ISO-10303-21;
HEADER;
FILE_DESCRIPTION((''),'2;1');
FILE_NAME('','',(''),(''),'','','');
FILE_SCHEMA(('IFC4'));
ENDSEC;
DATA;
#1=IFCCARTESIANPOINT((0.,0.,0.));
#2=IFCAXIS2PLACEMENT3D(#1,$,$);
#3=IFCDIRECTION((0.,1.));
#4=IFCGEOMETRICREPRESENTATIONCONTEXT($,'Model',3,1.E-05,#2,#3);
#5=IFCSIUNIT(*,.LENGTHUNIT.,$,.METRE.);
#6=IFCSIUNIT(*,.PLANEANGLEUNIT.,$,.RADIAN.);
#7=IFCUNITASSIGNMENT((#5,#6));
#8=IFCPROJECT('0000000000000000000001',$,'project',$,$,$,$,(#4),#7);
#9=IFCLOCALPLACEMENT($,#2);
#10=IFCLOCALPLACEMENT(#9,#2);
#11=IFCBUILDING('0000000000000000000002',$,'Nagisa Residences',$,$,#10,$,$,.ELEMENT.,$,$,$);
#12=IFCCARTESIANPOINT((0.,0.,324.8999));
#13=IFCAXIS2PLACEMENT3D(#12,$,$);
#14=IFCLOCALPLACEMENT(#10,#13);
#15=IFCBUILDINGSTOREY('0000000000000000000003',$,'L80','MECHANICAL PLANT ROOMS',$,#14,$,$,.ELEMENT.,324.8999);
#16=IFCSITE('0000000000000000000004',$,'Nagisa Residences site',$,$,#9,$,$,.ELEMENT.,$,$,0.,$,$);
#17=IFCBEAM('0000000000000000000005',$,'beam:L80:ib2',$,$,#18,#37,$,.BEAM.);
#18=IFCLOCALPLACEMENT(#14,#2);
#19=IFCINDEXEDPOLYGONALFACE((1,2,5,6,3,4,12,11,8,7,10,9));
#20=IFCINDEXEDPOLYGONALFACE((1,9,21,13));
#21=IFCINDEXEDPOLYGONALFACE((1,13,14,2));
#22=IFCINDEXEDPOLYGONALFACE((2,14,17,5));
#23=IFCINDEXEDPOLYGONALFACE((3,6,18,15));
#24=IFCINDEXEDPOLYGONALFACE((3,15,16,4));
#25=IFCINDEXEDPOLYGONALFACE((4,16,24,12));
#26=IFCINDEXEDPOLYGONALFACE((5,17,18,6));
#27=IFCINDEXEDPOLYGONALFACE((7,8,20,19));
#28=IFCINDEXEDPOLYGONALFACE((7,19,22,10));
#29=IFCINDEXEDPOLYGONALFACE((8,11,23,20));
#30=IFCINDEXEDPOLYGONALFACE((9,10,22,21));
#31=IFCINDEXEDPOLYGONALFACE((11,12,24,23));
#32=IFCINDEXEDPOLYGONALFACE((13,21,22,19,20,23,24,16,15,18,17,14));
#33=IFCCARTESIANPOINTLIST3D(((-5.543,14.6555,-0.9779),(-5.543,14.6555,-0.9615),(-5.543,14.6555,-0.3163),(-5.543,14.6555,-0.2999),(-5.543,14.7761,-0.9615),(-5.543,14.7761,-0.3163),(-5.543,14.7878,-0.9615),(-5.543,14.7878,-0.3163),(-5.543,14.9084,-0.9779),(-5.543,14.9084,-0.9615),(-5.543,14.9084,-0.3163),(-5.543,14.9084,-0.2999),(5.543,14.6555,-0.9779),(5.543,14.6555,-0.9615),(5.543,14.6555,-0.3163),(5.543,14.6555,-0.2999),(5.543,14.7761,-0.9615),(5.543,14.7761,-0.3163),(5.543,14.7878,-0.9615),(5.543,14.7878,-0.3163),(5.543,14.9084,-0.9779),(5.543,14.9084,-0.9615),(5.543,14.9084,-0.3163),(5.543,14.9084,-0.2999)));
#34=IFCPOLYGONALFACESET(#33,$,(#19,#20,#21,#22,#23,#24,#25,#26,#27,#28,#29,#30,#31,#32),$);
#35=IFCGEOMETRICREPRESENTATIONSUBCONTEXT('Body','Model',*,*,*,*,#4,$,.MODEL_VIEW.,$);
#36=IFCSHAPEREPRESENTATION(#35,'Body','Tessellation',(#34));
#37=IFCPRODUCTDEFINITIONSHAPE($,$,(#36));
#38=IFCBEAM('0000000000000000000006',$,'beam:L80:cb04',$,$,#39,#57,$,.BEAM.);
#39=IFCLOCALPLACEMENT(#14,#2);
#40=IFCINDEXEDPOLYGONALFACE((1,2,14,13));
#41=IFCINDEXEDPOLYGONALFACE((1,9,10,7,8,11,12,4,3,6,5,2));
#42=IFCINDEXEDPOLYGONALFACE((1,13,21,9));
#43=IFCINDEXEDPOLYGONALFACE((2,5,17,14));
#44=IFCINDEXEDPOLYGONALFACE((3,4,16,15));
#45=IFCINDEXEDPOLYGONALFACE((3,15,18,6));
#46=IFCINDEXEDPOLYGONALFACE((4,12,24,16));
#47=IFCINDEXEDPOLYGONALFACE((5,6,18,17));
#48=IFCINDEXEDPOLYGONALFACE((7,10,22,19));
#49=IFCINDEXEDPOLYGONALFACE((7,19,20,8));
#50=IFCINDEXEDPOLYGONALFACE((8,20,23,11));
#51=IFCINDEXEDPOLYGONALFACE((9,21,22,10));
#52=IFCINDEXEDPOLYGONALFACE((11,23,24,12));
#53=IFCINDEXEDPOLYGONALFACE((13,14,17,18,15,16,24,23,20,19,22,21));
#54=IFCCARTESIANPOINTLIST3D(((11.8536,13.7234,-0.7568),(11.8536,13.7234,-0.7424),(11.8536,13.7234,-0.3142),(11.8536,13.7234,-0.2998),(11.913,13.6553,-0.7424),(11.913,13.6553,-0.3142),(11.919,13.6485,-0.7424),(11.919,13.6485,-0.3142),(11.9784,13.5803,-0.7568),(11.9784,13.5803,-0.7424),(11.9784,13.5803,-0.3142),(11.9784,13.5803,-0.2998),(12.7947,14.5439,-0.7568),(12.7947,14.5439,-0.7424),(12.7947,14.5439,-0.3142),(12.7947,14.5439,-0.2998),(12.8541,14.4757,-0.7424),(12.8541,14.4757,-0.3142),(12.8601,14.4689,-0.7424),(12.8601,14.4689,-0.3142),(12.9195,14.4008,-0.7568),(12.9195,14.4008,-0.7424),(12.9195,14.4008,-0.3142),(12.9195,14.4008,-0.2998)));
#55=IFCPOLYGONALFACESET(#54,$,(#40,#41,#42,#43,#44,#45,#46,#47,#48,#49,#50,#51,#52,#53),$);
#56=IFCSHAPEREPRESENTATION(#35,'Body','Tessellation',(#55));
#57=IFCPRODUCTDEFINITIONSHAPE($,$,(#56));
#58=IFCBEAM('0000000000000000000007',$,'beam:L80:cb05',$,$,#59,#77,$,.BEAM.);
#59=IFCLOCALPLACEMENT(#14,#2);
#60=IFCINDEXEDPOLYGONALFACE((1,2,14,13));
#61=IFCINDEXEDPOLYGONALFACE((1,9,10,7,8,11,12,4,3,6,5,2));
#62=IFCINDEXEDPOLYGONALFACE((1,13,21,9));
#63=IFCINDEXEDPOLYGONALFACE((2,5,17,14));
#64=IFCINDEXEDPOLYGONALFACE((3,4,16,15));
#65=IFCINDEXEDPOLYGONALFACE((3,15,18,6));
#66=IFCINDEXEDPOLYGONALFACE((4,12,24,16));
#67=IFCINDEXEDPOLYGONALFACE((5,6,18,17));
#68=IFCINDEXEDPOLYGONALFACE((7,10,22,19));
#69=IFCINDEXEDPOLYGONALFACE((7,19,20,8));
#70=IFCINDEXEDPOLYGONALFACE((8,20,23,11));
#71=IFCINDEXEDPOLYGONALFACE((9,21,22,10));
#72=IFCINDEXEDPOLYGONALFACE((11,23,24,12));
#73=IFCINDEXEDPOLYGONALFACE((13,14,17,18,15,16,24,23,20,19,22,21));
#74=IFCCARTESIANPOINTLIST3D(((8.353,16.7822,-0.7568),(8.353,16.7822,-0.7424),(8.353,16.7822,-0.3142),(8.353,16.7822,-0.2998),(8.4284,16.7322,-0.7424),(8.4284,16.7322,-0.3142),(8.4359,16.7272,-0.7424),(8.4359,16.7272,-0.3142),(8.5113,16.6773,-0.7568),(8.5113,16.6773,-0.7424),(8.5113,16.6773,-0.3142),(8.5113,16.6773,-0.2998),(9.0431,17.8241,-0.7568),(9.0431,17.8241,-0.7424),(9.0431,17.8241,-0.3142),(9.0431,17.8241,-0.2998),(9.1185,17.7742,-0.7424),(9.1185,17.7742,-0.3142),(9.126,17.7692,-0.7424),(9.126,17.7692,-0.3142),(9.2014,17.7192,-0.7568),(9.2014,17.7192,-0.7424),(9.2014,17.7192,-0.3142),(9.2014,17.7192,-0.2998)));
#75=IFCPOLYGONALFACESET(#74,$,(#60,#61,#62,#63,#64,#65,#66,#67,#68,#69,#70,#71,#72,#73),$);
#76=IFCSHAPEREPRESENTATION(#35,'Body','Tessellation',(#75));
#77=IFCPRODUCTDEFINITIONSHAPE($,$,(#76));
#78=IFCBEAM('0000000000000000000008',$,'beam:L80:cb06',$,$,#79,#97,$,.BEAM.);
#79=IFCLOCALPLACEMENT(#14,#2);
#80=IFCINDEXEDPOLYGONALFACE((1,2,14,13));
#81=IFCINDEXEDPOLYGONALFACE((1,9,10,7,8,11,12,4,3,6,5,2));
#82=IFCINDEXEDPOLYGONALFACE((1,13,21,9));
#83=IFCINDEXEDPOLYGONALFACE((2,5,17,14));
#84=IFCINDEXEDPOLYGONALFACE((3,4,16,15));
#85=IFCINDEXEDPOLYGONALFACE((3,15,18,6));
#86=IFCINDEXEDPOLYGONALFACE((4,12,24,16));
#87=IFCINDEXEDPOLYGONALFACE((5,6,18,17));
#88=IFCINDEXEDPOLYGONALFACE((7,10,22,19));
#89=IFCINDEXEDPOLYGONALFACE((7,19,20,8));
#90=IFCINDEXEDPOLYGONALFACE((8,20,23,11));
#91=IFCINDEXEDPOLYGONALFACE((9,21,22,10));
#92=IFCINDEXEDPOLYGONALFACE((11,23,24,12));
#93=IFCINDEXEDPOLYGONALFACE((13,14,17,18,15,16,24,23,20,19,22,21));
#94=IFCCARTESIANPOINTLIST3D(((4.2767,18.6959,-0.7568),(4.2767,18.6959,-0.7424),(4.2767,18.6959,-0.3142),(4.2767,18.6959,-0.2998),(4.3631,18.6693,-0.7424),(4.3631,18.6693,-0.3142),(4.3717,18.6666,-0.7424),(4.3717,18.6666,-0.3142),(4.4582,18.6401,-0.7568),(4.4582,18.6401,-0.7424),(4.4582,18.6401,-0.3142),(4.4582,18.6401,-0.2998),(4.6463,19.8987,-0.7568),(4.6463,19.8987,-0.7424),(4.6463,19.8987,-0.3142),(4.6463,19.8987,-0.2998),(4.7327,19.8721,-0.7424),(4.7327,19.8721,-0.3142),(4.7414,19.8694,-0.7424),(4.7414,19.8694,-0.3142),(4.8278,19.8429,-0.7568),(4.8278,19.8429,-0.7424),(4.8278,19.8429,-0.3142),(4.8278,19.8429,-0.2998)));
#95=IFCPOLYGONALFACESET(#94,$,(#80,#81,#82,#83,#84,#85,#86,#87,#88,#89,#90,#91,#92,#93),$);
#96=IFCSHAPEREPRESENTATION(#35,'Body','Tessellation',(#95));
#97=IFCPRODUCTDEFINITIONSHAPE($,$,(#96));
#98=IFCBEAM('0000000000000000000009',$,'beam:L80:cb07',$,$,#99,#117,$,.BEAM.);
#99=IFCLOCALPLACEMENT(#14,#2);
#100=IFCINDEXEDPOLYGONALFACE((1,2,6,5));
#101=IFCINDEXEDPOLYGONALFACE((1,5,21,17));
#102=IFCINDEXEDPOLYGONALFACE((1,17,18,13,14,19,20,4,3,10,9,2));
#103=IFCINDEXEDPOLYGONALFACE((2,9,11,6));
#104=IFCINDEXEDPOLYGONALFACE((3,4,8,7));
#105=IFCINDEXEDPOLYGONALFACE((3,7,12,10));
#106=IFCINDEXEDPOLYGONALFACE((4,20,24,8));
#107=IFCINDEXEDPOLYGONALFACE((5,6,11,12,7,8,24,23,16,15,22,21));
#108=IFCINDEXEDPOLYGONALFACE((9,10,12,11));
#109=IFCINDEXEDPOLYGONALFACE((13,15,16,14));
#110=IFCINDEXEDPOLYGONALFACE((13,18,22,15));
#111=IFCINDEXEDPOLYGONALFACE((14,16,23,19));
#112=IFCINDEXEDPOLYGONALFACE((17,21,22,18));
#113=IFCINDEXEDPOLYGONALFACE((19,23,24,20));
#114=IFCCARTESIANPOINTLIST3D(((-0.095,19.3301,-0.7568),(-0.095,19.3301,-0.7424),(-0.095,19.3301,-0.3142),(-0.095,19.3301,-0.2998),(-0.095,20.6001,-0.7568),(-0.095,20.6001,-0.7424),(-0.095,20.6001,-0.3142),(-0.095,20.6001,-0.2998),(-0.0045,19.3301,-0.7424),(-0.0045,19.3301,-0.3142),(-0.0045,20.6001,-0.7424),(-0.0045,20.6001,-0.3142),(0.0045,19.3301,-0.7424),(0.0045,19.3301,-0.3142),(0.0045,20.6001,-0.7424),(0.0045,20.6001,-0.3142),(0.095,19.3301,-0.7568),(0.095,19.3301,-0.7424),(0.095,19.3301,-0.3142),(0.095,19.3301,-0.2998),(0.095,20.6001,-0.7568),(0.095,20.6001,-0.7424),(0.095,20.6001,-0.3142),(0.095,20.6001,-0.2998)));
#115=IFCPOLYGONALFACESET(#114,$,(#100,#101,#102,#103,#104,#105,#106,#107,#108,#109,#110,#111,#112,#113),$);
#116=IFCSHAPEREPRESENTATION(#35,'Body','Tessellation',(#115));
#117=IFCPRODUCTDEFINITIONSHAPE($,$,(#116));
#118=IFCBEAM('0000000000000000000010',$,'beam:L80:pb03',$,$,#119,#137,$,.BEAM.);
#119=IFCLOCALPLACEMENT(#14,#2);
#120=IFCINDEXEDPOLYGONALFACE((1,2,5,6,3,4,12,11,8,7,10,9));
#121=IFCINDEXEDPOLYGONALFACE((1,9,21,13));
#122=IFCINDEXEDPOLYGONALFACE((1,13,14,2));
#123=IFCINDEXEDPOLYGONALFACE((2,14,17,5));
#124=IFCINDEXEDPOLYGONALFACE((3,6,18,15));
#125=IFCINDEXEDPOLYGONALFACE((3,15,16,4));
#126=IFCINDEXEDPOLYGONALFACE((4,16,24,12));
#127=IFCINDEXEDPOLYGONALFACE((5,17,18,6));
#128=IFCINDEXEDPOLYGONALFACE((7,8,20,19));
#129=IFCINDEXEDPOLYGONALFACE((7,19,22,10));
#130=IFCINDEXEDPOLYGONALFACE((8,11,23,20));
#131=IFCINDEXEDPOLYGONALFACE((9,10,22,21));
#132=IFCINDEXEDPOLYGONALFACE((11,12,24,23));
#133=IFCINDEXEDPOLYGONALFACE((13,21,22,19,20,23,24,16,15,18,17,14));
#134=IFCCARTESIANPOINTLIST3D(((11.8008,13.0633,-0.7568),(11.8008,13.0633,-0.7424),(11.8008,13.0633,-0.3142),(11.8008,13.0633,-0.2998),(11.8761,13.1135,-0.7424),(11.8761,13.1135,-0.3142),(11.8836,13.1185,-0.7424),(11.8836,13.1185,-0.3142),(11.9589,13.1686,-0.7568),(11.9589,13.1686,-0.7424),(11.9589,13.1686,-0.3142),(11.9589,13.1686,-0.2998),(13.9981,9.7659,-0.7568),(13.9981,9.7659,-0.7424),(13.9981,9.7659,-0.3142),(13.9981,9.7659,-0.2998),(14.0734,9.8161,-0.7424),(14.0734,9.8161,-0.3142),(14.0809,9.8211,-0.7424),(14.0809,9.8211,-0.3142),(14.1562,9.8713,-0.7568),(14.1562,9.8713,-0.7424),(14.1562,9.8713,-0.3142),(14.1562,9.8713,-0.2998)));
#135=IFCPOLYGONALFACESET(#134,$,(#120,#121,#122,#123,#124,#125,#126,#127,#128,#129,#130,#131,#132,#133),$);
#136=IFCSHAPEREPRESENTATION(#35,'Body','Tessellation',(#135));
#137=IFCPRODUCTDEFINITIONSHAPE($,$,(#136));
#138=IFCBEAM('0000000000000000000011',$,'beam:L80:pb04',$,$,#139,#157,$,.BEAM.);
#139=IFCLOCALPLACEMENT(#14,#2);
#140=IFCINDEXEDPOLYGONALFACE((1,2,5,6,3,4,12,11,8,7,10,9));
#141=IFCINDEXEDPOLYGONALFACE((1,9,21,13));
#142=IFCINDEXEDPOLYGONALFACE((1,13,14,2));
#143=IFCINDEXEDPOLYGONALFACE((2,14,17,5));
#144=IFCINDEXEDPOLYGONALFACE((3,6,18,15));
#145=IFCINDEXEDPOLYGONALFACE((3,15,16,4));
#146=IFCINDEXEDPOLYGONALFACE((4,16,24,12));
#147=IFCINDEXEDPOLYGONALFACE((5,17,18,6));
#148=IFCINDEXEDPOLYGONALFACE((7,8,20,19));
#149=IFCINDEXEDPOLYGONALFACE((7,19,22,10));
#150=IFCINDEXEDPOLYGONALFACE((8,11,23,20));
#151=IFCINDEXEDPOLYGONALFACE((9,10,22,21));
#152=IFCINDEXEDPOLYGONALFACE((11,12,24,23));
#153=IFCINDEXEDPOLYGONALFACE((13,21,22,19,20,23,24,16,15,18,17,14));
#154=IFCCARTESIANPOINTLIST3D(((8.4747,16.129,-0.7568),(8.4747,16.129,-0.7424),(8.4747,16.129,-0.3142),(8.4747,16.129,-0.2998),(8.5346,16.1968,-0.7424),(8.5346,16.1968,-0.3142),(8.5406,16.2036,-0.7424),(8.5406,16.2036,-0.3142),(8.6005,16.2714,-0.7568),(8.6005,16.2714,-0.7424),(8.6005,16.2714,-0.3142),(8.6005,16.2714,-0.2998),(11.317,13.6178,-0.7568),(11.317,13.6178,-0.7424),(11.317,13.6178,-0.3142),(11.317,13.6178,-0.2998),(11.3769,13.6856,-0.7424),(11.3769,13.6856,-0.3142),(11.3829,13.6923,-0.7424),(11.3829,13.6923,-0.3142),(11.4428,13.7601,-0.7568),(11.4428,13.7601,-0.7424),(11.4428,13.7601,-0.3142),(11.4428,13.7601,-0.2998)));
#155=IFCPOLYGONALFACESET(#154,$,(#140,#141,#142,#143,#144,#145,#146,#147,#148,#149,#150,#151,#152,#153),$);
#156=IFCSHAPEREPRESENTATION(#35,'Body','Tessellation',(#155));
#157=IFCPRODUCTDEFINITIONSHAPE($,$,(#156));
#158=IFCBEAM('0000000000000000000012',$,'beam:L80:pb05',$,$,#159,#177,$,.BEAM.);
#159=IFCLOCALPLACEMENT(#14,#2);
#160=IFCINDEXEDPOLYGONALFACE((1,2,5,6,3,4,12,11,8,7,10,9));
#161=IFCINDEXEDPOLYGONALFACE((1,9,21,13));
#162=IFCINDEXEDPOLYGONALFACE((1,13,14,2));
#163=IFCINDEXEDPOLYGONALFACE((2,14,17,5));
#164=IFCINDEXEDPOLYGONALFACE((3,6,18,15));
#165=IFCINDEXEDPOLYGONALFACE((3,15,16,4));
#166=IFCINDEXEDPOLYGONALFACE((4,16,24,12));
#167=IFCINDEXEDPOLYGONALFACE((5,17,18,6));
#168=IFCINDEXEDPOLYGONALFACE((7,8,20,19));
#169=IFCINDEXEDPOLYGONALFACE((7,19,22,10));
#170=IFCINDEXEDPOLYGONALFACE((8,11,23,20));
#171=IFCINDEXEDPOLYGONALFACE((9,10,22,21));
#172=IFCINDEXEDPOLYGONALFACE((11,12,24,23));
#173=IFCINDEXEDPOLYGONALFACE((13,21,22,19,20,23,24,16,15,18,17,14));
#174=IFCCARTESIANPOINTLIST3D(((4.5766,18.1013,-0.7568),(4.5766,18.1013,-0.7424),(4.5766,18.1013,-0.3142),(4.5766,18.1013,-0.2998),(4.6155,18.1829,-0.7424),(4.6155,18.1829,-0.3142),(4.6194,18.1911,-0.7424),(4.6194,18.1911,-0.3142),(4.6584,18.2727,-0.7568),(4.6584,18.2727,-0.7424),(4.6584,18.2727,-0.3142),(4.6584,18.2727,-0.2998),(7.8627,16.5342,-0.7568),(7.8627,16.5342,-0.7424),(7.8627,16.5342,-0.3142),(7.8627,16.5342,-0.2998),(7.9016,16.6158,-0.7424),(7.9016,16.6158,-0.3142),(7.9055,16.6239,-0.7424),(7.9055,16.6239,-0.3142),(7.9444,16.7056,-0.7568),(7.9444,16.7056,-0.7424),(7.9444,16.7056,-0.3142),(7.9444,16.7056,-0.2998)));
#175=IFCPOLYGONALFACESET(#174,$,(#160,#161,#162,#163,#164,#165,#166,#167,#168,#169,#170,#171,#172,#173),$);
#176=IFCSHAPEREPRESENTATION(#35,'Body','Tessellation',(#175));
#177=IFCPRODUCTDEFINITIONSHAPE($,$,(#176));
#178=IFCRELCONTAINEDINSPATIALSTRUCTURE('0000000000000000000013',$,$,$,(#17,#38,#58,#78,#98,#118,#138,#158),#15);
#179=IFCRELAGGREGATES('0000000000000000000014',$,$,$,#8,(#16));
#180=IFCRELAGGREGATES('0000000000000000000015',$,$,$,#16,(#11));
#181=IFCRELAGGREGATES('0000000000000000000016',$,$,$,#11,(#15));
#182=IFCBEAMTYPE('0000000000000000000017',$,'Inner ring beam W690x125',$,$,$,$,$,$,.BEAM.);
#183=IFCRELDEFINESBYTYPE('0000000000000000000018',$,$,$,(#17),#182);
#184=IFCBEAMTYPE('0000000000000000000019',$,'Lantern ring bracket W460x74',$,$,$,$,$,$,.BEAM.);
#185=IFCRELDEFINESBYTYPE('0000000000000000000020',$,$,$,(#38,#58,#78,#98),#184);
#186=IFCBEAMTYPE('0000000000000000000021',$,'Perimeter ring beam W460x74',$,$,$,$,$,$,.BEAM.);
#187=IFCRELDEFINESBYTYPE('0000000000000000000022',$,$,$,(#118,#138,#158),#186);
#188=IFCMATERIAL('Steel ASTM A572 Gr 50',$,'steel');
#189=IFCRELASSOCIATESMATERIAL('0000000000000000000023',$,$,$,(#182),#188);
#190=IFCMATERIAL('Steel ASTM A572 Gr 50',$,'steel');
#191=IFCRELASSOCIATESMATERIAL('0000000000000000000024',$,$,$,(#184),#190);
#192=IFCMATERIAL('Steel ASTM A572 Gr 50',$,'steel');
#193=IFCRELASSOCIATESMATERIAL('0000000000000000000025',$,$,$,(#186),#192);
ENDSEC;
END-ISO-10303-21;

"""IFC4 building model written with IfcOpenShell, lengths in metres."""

from ifc_helpers import new_model, si_unit, direction, frame, origin, origin_2d, place, context, subcontext, project, spatial, i_section, extrude, material, material_profile, profile_set, type_object, element, save


model = new_model("IFC4")

# Units and contexts
model_context = context("Model", 3, precision=1e-05, world=origin(), true_north=direction((0.0, 1.0)))
body_context = subcontext(model_context, "Body", "Model", "MODEL_VIEW")
ifc_project = project(units=[si_unit("LENGTHUNIT", "METRE"), si_unit("PLANEANGLEUNIT", "RADIAN")], contexts=[model_context])

# Site, building, storey
site_placement = place(None, origin())
site = spatial("IfcSite", under=ifc_project, at=site_placement, Name="Nagisa Residences site", CompositionType="ELEMENT", RefElevation=0.0)
building_placement = place(site_placement, origin())
building = spatial("IfcBuilding", under=site, at=building_placement, Name="Nagisa Residences", CompositionType="ELEMENT")
storey_placement = place(building_placement, frame((0.0, 0.0, 324.8999)))
storey = spatial("IfcBuildingStorey", under=building, at=storey_placement, Name="L80", Description="MECHANICAL PLANT ROOMS", CompositionType="ELEMENT", Elevation=324.8999)

# Beams
ifc_material_1 = material(Name="Steel ASTM A572 Gr 50", Category="steel")
ifc_material_profile_1 = material_profile(ifc_material_1, i_section(OverallWidth=0.2529, OverallDepth=0.678, WebThickness=0.0117, FlangeThickness=0.0164, at=origin_2d()), Name="W690x125")
ifc_profile_set_1 = profile_set([ifc_material_profile_1], Name="Steel ASTM A572 Gr 50")
beam_type_1 = type_object("IfcBeamType", Name="Inner ring beam W690x125", PredefinedType="BEAM", material=ifc_profile_set_1)
beam_1_placement = place(storey_placement, frame((5.543, 14.782, -0.6389), z_axis=(-1.0, 0.0, 0.0), x_axis=(0.0, -1.0, 0.0)))
element("IfcBeam", 1, at=beam_1_placement, inside=storey, type_object=beam_type_1, Name="beam:L80:ib2", PredefinedType="BEAM", context=body_context, shape_type="SweptSolid", body=[
    extrude(i_section(OverallWidth=0.2529, OverallDepth=0.678, WebThickness=0.0117, FlangeThickness=0.0164, at=origin_2d()), origin(), (0.0, 0.0, 1.0), 11.0859),
])
ifc_material_2 = material(Name="Steel ASTM A572 Gr 50", Category="steel")
ifc_material_profile_2 = material_profile(ifc_material_2, i_section(OverallWidth=0.1899, OverallDepth=0.457, WebThickness=0.009, FlangeThickness=0.0144, at=origin_2d()), Name="W460x74")
ifc_profile_set_2 = profile_set([ifc_material_profile_2], Name="Steel ASTM A572 Gr 50")
beam_type_2 = type_object("IfcBeamType", Name="Lantern ring bracket W460x74", PredefinedType="BEAM", material=ifc_profile_set_2)
beam_2_placement = place(storey_placement, frame((11.916, 13.6519, -0.5283), z_axis=(0.75375, 0.657161, 0.0), x_axis=(-0.657161, 0.75375, 0.0)))
element("IfcBeam", 2, at=beam_2_placement, inside=storey, type_object=beam_type_2, Name="beam:L80:cb04", PredefinedType="BEAM", context=body_context, shape_type="SweptSolid", body=[
    extrude(i_section(OverallWidth=0.1899, OverallDepth=0.457, WebThickness=0.009, FlangeThickness=0.0144, at=origin_2d()), origin(), (0.0, 0.0, 1.0), 1.2485),
])
beam_3_placement = place(storey_placement, frame((8.4321, 16.7297, -0.5283), z_axis=(0.552218, 0.833699, 0.0), x_axis=(-0.833699, 0.552218, 0.0)))
element("IfcBeam", 3, at=beam_3_placement, inside=storey, type_object=beam_type_2, Name="beam:L80:cb05", PredefinedType="BEAM", context=body_context, shape_type="SweptSolid", body=[
    extrude(i_section(OverallWidth=0.1899, OverallDepth=0.457, WebThickness=0.009, FlangeThickness=0.0144, at=origin_2d()), origin(), (0.0, 0.0, 1.0), 1.2498),
])
beam_4_placement = place(storey_placement, frame((4.3674, 18.668, -0.5283), z_axis=(0.293731, 0.955888, 0.0), x_axis=(-0.955888, 0.293731, 0.0)))
element("IfcBeam", 4, at=beam_4_placement, inside=storey, type_object=beam_type_2, Name="beam:L80:cb06", PredefinedType="BEAM", context=body_context, shape_type="SweptSolid", body=[
    extrude(i_section(OverallWidth=0.1899, OverallDepth=0.457, WebThickness=0.009, FlangeThickness=0.0144, at=origin_2d()), origin(), (0.0, 0.0, 1.0), 1.2583),
])
beam_5_placement = place(storey_placement, frame((0.0, 19.3301, -0.5283), z_axis=(0.0, 1.0, 0.0), x_axis=(-1.0, 0.0, 0.0)))
element("IfcBeam", 5, at=beam_5_placement, inside=storey, type_object=beam_type_2, Name="beam:L80:cb07", PredefinedType="BEAM", context=body_context, shape_type="SweptSolid", body=[
    extrude(i_section(OverallWidth=0.1899, OverallDepth=0.457, WebThickness=0.009, FlangeThickness=0.0144, at=origin_2d()), origin(), (0.0, 0.0, 1.0), 1.27),
])
ifc_material_3 = material(Name="Steel ASTM A572 Gr 50", Category="steel")
ifc_material_profile_3 = material_profile(ifc_material_3, i_section(OverallWidth=0.1899, OverallDepth=0.457, WebThickness=0.009, FlangeThickness=0.0144, at=origin_2d()), Name="W460x74")
ifc_profile_set_3 = profile_set([ifc_material_profile_3], Name="Steel ASTM A572 Gr 50")
beam_type_3 = type_object("IfcBeamType", Name="Perimeter ring beam W460x74", PredefinedType="BEAM", material=ifc_profile_set_3)
beam_6_placement = place(storey_placement, frame((14.0771, 9.8186, -0.5283), z_axis=(-0.55453, 0.832164, 0.0), x_axis=(-0.832164, -0.55453, 0.0)))
element("IfcBeam", 6, at=beam_6_placement, inside=storey, type_object=beam_type_3, Name="beam:L80:pb03", PredefinedType="BEAM", context=body_context, shape_type="SweptSolid", body=[
    extrude(i_section(OverallWidth=0.1899, OverallDepth=0.457, WebThickness=0.009, FlangeThickness=0.0144, at=origin_2d()), origin(), (0.0, 0.0, 1.0), 3.9624),
])
beam_7_placement = place(storey_placement, frame((11.3799, 13.689, -0.5283), z_axis=(-0.749402, 0.662115, 0.0), x_axis=(-0.662115, -0.749402, 0.0)))
element("IfcBeam", 7, at=beam_7_placement, inside=storey, type_object=beam_type_3, Name="beam:L80:pb04", PredefinedType="BEAM", context=body_context, shape_type="SweptSolid", body=[
    extrude(i_section(OverallWidth=0.1899, OverallDepth=0.457, WebThickness=0.009, FlangeThickness=0.0144, at=origin_2d()), origin(), (0.0, 0.0, 1.0), 3.7927),
])
beam_8_placement = place(storey_placement, frame((7.9036, 16.6199, -0.5283), z_axis=(-0.902614, 0.430452, 0.0), x_axis=(-0.430452, -0.902614, 0.0)))
element("IfcBeam", 8, at=beam_8_placement, inside=storey, type_object=beam_type_3, Name="beam:L80:pb05", PredefinedType="BEAM", context=body_context, shape_type="SweptSolid", body=[
    extrude(i_section(OverallWidth=0.1899, OverallDepth=0.457, WebThickness=0.009, FlangeThickness=0.0144, at=origin_2d()), origin(), (0.0, 0.0, 1.0), 3.6406),
])

save(model, "model.ifc")
